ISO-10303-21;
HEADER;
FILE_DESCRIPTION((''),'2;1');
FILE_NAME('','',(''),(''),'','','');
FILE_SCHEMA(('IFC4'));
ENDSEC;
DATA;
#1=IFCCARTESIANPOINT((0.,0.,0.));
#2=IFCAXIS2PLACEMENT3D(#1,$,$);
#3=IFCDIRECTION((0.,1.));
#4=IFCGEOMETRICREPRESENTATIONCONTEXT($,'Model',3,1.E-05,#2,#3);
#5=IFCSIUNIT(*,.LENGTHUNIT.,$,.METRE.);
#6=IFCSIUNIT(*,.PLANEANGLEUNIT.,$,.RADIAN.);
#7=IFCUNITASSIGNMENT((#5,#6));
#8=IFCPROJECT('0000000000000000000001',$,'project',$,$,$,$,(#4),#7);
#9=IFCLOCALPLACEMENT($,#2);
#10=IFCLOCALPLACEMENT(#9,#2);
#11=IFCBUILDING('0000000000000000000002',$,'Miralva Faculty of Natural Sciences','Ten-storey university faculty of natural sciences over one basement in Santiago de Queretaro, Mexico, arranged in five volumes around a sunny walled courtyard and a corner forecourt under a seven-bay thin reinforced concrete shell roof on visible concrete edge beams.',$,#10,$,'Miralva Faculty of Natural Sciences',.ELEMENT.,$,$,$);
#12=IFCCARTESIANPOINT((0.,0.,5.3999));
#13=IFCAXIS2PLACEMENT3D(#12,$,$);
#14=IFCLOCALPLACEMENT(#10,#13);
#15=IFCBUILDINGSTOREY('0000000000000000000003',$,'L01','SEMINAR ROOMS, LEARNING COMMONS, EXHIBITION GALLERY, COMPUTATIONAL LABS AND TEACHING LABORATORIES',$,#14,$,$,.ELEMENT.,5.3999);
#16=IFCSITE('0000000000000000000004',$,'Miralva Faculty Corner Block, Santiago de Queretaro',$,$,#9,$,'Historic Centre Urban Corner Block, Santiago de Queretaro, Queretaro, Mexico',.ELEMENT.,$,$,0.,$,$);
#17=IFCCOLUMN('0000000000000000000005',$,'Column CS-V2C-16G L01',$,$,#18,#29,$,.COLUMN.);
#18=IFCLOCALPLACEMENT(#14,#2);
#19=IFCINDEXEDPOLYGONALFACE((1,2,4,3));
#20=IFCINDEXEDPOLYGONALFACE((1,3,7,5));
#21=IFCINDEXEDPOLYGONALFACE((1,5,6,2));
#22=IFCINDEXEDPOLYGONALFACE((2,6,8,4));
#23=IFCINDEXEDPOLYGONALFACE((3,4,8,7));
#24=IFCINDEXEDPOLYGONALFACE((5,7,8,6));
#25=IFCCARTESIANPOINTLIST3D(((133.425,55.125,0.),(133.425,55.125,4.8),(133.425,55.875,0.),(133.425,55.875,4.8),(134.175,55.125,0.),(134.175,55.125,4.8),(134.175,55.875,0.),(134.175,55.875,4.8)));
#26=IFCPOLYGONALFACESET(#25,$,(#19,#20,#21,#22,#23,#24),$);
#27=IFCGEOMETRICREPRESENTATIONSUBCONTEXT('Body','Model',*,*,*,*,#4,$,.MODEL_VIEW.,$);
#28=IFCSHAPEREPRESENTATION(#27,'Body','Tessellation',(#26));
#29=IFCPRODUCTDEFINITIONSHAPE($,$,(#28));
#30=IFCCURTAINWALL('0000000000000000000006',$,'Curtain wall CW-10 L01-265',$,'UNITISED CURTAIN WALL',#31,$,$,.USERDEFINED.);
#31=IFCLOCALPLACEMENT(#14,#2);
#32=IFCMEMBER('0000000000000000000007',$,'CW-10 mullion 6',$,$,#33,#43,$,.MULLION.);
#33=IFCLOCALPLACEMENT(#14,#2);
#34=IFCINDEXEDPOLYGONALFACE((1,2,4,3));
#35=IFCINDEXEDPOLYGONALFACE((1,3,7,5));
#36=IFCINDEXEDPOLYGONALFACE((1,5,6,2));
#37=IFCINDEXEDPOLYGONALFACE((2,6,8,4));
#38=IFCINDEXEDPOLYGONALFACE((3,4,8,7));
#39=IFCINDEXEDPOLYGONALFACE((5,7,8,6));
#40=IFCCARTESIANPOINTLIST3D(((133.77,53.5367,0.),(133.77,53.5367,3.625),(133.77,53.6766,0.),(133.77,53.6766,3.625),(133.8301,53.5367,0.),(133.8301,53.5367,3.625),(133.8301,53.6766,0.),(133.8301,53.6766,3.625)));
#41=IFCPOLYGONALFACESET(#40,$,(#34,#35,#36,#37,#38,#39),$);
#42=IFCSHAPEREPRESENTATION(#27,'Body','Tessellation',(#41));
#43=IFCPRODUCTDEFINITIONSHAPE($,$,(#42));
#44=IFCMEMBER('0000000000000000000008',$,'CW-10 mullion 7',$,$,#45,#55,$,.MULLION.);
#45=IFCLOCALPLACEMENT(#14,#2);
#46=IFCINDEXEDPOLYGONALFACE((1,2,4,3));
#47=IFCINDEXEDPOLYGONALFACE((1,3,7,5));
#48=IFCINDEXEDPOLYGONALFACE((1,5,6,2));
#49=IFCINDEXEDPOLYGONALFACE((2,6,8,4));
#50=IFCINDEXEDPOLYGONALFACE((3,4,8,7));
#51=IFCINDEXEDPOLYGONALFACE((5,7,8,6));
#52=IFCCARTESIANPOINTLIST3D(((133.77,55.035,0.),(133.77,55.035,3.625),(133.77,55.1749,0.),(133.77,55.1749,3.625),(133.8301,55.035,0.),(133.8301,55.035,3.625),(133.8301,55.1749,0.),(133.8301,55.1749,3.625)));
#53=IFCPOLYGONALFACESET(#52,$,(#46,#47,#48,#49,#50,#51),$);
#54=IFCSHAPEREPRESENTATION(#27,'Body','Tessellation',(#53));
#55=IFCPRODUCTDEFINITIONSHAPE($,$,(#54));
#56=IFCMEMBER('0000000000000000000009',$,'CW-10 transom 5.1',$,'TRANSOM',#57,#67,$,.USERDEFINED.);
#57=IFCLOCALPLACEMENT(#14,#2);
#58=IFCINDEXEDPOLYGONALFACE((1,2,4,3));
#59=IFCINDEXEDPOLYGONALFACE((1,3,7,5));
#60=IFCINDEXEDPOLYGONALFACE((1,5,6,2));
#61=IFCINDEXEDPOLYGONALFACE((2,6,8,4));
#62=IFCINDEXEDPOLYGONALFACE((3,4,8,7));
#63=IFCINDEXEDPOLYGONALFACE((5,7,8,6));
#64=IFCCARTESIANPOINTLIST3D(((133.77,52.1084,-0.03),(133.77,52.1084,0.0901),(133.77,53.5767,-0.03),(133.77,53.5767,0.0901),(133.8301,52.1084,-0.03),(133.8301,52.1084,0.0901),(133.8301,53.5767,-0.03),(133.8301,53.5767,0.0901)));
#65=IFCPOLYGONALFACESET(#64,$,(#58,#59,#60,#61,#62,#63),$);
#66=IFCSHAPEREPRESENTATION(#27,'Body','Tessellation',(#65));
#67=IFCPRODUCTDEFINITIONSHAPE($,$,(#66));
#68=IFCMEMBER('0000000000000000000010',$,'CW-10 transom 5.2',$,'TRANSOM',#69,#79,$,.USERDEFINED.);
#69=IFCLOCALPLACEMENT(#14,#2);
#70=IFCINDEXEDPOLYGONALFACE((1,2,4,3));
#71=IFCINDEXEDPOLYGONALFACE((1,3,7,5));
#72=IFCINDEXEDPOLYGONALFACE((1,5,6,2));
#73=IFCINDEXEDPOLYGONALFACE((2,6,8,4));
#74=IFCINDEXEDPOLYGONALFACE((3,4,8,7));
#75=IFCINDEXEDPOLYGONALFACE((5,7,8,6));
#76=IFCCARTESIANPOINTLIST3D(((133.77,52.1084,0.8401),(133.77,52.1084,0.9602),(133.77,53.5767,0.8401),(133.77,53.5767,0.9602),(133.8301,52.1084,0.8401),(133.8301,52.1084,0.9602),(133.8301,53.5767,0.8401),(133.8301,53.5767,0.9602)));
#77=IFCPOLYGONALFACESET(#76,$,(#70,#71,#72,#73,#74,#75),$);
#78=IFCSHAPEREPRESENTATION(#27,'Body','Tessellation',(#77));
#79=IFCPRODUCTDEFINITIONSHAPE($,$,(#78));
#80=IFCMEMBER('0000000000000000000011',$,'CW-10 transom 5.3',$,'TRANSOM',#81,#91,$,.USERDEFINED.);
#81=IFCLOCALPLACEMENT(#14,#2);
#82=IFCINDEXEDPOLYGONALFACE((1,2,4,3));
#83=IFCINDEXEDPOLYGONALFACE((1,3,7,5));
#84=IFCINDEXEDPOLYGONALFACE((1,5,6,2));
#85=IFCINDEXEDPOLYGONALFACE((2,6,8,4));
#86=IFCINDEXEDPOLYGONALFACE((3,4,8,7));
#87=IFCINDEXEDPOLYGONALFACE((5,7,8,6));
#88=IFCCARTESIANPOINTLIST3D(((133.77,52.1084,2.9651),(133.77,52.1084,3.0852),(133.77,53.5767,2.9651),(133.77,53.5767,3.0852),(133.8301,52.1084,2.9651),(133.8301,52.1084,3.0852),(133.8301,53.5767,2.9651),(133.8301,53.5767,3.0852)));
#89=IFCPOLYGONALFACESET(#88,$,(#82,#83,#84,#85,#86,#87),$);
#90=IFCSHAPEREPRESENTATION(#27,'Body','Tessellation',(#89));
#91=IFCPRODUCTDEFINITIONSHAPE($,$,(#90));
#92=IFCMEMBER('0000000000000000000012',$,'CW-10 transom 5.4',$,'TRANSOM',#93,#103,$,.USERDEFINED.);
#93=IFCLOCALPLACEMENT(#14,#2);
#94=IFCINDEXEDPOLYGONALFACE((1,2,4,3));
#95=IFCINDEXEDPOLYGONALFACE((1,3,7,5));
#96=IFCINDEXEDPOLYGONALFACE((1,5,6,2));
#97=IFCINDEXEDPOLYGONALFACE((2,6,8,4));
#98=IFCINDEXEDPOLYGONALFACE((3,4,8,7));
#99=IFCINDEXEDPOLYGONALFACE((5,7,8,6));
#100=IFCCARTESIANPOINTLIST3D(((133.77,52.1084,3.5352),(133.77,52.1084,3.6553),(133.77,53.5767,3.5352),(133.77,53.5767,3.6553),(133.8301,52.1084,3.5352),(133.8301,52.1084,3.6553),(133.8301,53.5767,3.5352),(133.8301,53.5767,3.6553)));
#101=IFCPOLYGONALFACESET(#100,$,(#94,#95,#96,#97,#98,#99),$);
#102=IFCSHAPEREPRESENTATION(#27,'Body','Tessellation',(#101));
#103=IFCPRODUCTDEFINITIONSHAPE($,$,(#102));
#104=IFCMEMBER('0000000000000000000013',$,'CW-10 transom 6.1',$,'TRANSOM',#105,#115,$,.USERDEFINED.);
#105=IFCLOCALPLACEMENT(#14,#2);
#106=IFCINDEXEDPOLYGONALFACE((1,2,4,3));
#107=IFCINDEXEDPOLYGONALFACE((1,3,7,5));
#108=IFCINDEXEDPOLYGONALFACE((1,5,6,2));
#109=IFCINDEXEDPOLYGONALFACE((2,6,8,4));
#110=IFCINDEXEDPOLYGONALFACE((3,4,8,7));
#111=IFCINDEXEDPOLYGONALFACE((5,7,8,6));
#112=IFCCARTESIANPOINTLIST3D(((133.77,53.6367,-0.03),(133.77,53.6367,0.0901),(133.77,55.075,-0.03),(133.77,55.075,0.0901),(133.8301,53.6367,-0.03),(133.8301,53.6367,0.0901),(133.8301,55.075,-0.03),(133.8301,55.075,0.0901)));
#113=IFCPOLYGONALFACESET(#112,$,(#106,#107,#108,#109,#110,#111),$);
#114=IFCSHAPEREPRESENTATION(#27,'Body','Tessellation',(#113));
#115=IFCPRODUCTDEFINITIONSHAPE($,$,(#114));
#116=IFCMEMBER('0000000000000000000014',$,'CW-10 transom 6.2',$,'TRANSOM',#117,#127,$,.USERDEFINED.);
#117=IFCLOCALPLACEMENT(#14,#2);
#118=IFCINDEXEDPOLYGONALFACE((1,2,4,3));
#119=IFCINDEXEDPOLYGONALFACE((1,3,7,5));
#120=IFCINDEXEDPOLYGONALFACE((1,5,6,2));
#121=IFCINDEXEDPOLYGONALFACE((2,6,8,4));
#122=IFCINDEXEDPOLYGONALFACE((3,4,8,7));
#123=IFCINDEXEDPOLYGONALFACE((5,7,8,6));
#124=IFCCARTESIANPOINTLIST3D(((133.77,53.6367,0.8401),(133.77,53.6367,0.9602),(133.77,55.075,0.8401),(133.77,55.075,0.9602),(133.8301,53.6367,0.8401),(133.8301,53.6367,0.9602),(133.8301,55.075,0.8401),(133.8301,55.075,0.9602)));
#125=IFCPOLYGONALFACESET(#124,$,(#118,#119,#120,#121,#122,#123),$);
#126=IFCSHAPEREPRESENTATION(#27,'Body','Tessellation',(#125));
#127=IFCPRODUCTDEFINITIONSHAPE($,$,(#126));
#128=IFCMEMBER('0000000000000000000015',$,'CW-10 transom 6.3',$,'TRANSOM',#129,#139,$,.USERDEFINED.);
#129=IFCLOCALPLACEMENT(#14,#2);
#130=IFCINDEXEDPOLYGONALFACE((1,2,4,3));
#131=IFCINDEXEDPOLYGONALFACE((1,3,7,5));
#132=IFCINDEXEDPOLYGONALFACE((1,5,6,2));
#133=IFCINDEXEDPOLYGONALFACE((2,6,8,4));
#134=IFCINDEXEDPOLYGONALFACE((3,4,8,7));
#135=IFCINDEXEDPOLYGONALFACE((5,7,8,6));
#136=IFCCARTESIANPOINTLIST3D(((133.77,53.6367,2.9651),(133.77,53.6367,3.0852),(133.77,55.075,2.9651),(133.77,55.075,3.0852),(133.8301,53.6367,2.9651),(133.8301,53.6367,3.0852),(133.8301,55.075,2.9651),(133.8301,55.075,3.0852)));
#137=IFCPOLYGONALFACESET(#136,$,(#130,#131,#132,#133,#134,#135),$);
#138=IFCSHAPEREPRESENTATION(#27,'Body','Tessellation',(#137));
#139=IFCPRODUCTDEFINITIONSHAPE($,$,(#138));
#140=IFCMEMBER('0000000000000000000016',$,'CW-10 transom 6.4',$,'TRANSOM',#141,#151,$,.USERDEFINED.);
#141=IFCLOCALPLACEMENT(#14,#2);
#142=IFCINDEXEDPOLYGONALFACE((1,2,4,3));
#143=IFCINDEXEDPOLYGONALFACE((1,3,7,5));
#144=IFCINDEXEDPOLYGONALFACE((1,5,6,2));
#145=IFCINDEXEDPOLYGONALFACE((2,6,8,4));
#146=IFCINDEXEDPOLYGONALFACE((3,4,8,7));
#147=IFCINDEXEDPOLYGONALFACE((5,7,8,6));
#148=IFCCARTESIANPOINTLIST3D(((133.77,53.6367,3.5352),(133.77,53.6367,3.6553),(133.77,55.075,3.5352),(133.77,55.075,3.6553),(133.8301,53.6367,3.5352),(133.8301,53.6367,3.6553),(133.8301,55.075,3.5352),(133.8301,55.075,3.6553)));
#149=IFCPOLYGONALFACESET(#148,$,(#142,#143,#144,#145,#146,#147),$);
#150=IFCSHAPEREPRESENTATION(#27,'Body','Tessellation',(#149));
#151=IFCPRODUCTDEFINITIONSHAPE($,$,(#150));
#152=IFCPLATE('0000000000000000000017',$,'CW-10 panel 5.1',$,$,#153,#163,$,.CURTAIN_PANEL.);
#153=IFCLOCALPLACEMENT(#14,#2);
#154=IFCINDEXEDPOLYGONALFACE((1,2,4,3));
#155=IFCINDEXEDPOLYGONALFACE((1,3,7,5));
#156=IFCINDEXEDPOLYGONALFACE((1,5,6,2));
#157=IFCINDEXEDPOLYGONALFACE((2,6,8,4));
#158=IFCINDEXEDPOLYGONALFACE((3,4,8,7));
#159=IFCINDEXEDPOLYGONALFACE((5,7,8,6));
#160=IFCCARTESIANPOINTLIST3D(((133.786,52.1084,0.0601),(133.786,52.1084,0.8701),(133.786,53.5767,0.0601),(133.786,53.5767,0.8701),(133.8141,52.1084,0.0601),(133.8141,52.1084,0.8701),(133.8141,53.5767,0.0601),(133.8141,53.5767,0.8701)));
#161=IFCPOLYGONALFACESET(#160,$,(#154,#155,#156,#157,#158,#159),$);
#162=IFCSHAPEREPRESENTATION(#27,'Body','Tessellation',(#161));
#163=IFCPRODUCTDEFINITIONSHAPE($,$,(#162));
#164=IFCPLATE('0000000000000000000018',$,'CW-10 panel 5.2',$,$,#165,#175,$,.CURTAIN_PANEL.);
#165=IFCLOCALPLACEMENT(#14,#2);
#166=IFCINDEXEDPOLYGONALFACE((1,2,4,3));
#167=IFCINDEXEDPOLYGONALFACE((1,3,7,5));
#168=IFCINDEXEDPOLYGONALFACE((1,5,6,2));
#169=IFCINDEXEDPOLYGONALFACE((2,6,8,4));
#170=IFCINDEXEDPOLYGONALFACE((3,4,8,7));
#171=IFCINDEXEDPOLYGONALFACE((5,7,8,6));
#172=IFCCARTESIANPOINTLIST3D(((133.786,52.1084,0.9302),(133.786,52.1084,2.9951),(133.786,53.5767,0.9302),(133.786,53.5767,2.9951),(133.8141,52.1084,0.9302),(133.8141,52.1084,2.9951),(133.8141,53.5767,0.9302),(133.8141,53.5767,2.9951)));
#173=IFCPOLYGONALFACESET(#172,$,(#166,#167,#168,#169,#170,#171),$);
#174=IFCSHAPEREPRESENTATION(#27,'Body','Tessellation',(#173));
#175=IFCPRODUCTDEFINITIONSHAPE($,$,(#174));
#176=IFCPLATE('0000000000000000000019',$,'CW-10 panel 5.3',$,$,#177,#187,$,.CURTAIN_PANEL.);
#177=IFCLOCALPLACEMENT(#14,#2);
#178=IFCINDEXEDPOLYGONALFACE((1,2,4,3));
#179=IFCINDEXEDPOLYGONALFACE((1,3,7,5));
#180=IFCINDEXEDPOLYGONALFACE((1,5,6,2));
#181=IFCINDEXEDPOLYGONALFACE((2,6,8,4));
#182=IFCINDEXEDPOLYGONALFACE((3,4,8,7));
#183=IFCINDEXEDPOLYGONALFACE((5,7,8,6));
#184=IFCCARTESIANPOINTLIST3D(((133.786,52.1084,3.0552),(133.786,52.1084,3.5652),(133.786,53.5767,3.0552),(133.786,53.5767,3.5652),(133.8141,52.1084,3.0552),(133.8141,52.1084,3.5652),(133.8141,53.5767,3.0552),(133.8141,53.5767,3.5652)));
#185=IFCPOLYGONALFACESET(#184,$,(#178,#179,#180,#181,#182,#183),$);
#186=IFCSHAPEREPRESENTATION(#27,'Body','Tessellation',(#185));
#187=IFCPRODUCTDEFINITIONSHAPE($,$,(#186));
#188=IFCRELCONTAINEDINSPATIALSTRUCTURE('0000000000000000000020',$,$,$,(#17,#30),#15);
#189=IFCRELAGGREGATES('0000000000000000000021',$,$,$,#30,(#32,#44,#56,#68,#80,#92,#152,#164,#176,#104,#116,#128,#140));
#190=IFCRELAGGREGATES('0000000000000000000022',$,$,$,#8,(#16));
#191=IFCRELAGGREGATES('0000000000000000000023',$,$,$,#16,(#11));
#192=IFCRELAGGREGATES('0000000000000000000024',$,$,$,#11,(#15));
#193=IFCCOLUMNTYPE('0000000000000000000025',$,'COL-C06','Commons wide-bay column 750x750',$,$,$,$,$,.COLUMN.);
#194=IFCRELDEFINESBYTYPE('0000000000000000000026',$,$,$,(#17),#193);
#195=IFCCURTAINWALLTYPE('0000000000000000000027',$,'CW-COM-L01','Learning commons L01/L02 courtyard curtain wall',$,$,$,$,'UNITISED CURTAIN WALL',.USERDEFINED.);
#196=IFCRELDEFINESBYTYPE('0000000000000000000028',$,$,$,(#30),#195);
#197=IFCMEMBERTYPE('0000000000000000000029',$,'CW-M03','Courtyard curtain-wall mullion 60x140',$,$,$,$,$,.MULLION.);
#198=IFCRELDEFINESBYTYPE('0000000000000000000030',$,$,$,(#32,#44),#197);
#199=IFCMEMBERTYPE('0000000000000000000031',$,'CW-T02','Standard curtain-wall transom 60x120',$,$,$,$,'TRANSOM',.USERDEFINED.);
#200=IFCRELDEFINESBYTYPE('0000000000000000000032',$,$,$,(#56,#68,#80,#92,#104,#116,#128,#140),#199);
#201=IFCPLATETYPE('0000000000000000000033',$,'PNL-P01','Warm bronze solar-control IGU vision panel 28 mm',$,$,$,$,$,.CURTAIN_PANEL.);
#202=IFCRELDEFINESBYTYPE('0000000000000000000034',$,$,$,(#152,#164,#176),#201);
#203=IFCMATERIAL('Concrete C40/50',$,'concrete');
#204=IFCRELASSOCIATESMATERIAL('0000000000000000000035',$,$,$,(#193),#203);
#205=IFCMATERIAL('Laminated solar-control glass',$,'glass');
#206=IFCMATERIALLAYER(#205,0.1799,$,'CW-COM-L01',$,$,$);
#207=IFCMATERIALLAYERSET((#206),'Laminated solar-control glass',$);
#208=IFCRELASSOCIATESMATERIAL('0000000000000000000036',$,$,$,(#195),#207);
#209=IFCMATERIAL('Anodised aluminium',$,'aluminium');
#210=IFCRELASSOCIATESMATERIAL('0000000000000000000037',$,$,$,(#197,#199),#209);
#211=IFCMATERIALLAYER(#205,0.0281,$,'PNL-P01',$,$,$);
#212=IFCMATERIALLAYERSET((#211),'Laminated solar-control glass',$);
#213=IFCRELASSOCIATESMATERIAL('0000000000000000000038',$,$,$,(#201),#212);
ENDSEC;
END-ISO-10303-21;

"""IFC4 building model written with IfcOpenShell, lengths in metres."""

from ifc_helpers import new_model, si_unit, direction, frame, origin, origin_2d, place, context, subcontext, project, spatial, rectangle, extrude, material, layer, layer_set, material_profile, profile_set, type_object, element, aggregate, save


model = new_model("IFC4")

# Units and contexts
model_context = context("Model", 3, precision=1e-05, world=origin(), true_north=direction((0.0, 1.0)))
body_context = subcontext(model_context, "Body", "Model", "MODEL_VIEW")
ifc_project = project(units=[si_unit("LENGTHUNIT", "METRE"), si_unit("PLANEANGLEUNIT", "RADIAN")], contexts=[model_context])

# Site, building, storey
site_placement = place(None, origin())
site = spatial("IfcSite", under=ifc_project, at=site_placement, Name="Miralva Faculty Corner Block, Santiago de Queretaro", LongName="Historic Centre Urban Corner Block, Santiago de Queretaro, Queretaro, Mexico", CompositionType="ELEMENT", RefElevation=0.0)
building_placement = place(site_placement, origin())
building = spatial("IfcBuilding", under=site, at=building_placement, Name="Miralva Faculty of Natural Sciences", Description="Ten-storey university faculty of natural sciences over one basement in Santiago de Queretaro, Mexico, arranged in five volumes around a sunny walled courtyard and a corner forecourt under a seven-bay thin reinforced concrete shell roof on visible concrete edge beams.", LongName="Miralva Faculty of Natural Sciences", CompositionType="ELEMENT")
storey_placement = place(building_placement, frame((0.0, 0.0, 5.3999)))
storey = spatial("IfcBuildingStorey", under=building, at=storey_placement, Name="L01", Description="SEMINAR ROOMS, LEARNING COMMONS, EXHIBITION GALLERY, COMPUTATIONAL LABS AND TEACHING LABORATORIES", CompositionType="ELEMENT", Elevation=5.3999)

# Column
ifc_material_1 = material(Name="Concrete C40/50", Category="concrete")
ifc_material_profile_1 = material_profile(ifc_material_1, rectangle(XDim=0.75, YDim=0.75, at=origin_2d()), Name="RC 750x750")
ifc_profile_set_1 = profile_set([ifc_material_profile_1], Name="Concrete C40/50")
column_type = type_object("IfcColumnType", Name="COL-C06", Description="Commons wide-bay column 750x750", PredefinedType="COLUMN", material=ifc_profile_set_1)
column_placement = place(storey_placement, frame((133.8, 55.5, 0.0), z_axis=(0.0, 0.0, 1.0), x_axis=(1.0, 0.0, 0.0)))
element("IfcColumn", 1, at=column_placement, inside=storey, type_object=column_type, Name="Column CS-V2C-16G L01", PredefinedType="COLUMN", context=body_context, shape_type="SweptSolid", body=[
    extrude(rectangle(XDim=0.75, YDim=0.75, at=origin_2d()), origin(), (0.0, 0.0, 1.0), 4.8),
])

# Curtain wall, members, plates
ifc_material_2 = material(Name="Laminated solar-control glass", Category="glass")
ifc_layer_1 = layer(ifc_material_2, 0.1799, Name="CW-COM-L01")
ifc_layer_set_1 = layer_set([ifc_layer_1], Name="Laminated solar-control glass")
curtain_wall_type = type_object("IfcCurtainWallType", Name="CW-COM-L01", Description="Learning commons L01/L02 courtyard curtain wall", ElementType="UNITISED CURTAIN WALL", PredefinedType="USERDEFINED", material=ifc_layer_set_1)
curtain_wall_placement = place(storey_placement, origin())
curtain_wall = element("IfcCurtainWall", 2, at=curtain_wall_placement, inside=storey, type_object=curtain_wall_type, Name="Curtain wall CW-10 L01-265", ObjectType="UNITISED CURTAIN WALL", PredefinedType="USERDEFINED")
ifc_material_3 = material(Name="Anodised aluminium", Category="aluminium")
ifc_material_profile_2 = material_profile(ifc_material_3, rectangle(XDim=0.0601, YDim=0.1399, at=origin_2d()), Name="MULLION 60x140")
ifc_profile_set_2 = profile_set([ifc_material_profile_2], Name="Anodised aluminium")
member_type_1 = type_object("IfcMemberType", Name="CW-M03", Description="Courtyard curtain-wall mullion 60x140", PredefinedType="MULLION", material=ifc_profile_set_2)
member_1_placement = place(storey_placement, frame((133.8, 53.6067, 0.0), z_axis=(0.0, 0.0, 1.0), x_axis=(-1.0, 0.0, 0.0)))
member_1 = element("IfcMember", 3, at=member_1_placement, type_object=member_type_1, Name="CW-10 mullion 6", PredefinedType="MULLION", context=body_context, shape_type="SweptSolid", body=[
    extrude(rectangle(XDim=0.0601, YDim=0.1399, at=origin_2d()), origin(), (0.0, 0.0, 1.0), 3.625),
])
member_2_placement = place(storey_placement, frame((133.8, 55.105, 0.0), z_axis=(0.0, 0.0, 1.0), x_axis=(-1.0, 0.0, 0.0)))
member_2 = element("IfcMember", 4, at=member_2_placement, type_object=member_type_1, Name="CW-10 mullion 7", PredefinedType="MULLION", context=body_context, shape_type="SweptSolid", body=[
    extrude(rectangle(XDim=0.0601, YDim=0.1399, at=origin_2d()), origin(), (0.0, 0.0, 1.0), 3.625),
])
ifc_material_profile_3 = material_profile(ifc_material_3, rectangle(XDim=0.0601, YDim=0.1201, at=origin_2d()), Name="TRANSOM 60x120")
ifc_profile_set_3 = profile_set([ifc_material_profile_3], Name="Anodised aluminium")
member_type_2 = type_object("IfcMemberType", Name="CW-T02", Description="Standard curtain-wall transom 60x120", ElementType="TRANSOM", PredefinedType="USERDEFINED", material=ifc_profile_set_3)
member_3_placement = place(storey_placement, frame((133.8, 52.1084, 0.03), z_axis=(0.0, 1.0, 0.0), x_axis=(-1.0, 0.0, 0.0)))
member_3 = element("IfcMember", 5, at=member_3_placement, type_object=member_type_2, Name="CW-10 transom 5.1", ObjectType="TRANSOM", PredefinedType="USERDEFINED", context=body_context, shape_type="SweptSolid", body=[
    extrude(rectangle(XDim=0.0601, YDim=0.1201, at=origin_2d()), origin(), (0.0, 0.0, 1.0), 1.4683),
])
member_4_placement = place(storey_placement, frame((133.8, 52.1084, 0.9001), z_axis=(0.0, 1.0, 0.0), x_axis=(-1.0, 0.0, 0.0)))
member_4 = element("IfcMember", 6, at=member_4_placement, type_object=member_type_2, Name="CW-10 transom 5.2", ObjectType="TRANSOM", PredefinedType="USERDEFINED", context=body_context, shape_type="SweptSolid", body=[
    extrude(rectangle(XDim=0.0601, YDim=0.1201, at=origin_2d()), origin(), (0.0, 0.0, 1.0), 1.4683),
])
member_5_placement = place(storey_placement, frame((133.8, 52.1084, 3.0251), z_axis=(0.0, 1.0, 0.0), x_axis=(-1.0, 0.0, 0.0)))
member_5 = element("IfcMember", 7, at=member_5_placement, type_object=member_type_2, Name="CW-10 transom 5.3", ObjectType="TRANSOM", PredefinedType="USERDEFINED", context=body_context, shape_type="SweptSolid", body=[
    extrude(rectangle(XDim=0.0601, YDim=0.1201, at=origin_2d()), origin(), (0.0, 0.0, 1.0), 1.4683),
])
member_6_placement = place(storey_placement, frame((133.8, 52.1084, 3.5952), z_axis=(0.0, 1.0, 0.0), x_axis=(-1.0, 0.0, 0.0)))
member_6 = element("IfcMember", 8, at=member_6_placement, type_object=member_type_2, Name="CW-10 transom 5.4", ObjectType="TRANSOM", PredefinedType="USERDEFINED", context=body_context, shape_type="SweptSolid", body=[
    extrude(rectangle(XDim=0.0601, YDim=0.1201, at=origin_2d()), origin(), (0.0, 0.0, 1.0), 1.4683),
])
member_7_placement = place(storey_placement, frame((133.8, 53.6367, 0.03), z_axis=(0.0, 1.0, 0.0), x_axis=(-1.0, 0.0, 0.0)))
member_7 = element("IfcMember", 9, at=member_7_placement, type_object=member_type_2, Name="CW-10 transom 6.1", ObjectType="TRANSOM", PredefinedType="USERDEFINED", context=body_context, shape_type="SweptSolid", body=[
    extrude(rectangle(XDim=0.0601, YDim=0.1201, at=origin_2d()), origin(), (0.0, 0.0, 1.0), 1.4382),
])
member_8_placement = place(storey_placement, frame((133.8, 53.6367, 0.9001), z_axis=(0.0, 1.0, 0.0), x_axis=(-1.0, 0.0, 0.0)))
member_8 = element("IfcMember", 10, at=member_8_placement, type_object=member_type_2, Name="CW-10 transom 6.2", ObjectType="TRANSOM", PredefinedType="USERDEFINED", context=body_context, shape_type="SweptSolid", body=[
    extrude(rectangle(XDim=0.0601, YDim=0.1201, at=origin_2d()), origin(), (0.0, 0.0, 1.0), 1.4382),
])
member_9_placement = place(storey_placement, frame((133.8, 53.6367, 3.0251), z_axis=(0.0, 1.0, 0.0), x_axis=(-1.0, 0.0, 0.0)))
member_9 = element("IfcMember", 11, at=member_9_placement, type_object=member_type_2, Name="CW-10 transom 6.3", ObjectType="TRANSOM", PredefinedType="USERDEFINED", context=body_context, shape_type="SweptSolid", body=[
    extrude(rectangle(XDim=0.0601, YDim=0.1201, at=origin_2d()), origin(), (0.0, 0.0, 1.0), 1.4382),
])
member_10_placement = place(storey_placement, frame((133.8, 53.6367, 3.5952), z_axis=(0.0, 1.0, 0.0), x_axis=(-1.0, 0.0, 0.0)))
member_10 = element("IfcMember", 12, at=member_10_placement, type_object=member_type_2, Name="CW-10 transom 6.4", ObjectType="TRANSOM", PredefinedType="USERDEFINED", context=body_context, shape_type="SweptSolid", body=[
    extrude(rectangle(XDim=0.0601, YDim=0.1201, at=origin_2d()), origin(), (0.0, 0.0, 1.0), 1.4382),
])
ifc_layer_2 = layer(ifc_material_2, 0.0281, Name="PNL-P01")
ifc_layer_set_2 = layer_set([ifc_layer_2], Name="Laminated solar-control glass")
plate_type = type_object("IfcPlateType", Name="PNL-P01", Description="Warm bronze solar-control IGU vision panel 28 mm", PredefinedType="CURTAIN_PANEL", material=ifc_layer_set_2)
plate_1_placement = place(storey_placement, frame((133.8, 52.8425, 0.0601), z_axis=(0.0, 0.0, 1.0), x_axis=(0.0, 1.0, 0.0)))
plate_1 = element("IfcPlate", 13, at=plate_1_placement, type_object=plate_type, Name="CW-10 panel 5.1", PredefinedType="CURTAIN_PANEL", context=body_context, shape_type="SweptSolid", body=[
    extrude(rectangle(XDim=1.4683, YDim=0.0281, at=origin_2d()), origin(), (0.0, 0.0, 1.0), 0.8101),
])
plate_2_placement = place(storey_placement, frame((133.8, 52.8425, 0.9302), z_axis=(0.0, 0.0, 1.0), x_axis=(0.0, 1.0, 0.0)))
plate_2 = element("IfcPlate", 14, at=plate_2_placement, type_object=plate_type, Name="CW-10 panel 5.2", PredefinedType="CURTAIN_PANEL", context=body_context, shape_type="SweptSolid", body=[
    extrude(rectangle(XDim=1.4683, YDim=0.0281, at=origin_2d()), origin(), (0.0, 0.0, 1.0), 2.0649),
])
plate_3_placement = place(storey_placement, frame((133.8, 52.8425, 3.0552), z_axis=(0.0, 0.0, 1.0), x_axis=(0.0, 1.0, 0.0)))
plate_3 = element("IfcPlate", 15, at=plate_3_placement, type_object=plate_type, Name="CW-10 panel 5.3", PredefinedType="CURTAIN_PANEL", context=body_context, shape_type="SweptSolid", body=[
    extrude(rectangle(XDim=1.4683, YDim=0.0281, at=origin_2d()), origin(), (0.0, 0.0, 1.0), 0.51),
])
aggregate(curtain_wall, [member_1, member_2, member_3, member_4, member_5, member_6, plate_1, plate_2, plate_3, member_7, member_8, member_9, member_10])

save(model, "model.ifc")
